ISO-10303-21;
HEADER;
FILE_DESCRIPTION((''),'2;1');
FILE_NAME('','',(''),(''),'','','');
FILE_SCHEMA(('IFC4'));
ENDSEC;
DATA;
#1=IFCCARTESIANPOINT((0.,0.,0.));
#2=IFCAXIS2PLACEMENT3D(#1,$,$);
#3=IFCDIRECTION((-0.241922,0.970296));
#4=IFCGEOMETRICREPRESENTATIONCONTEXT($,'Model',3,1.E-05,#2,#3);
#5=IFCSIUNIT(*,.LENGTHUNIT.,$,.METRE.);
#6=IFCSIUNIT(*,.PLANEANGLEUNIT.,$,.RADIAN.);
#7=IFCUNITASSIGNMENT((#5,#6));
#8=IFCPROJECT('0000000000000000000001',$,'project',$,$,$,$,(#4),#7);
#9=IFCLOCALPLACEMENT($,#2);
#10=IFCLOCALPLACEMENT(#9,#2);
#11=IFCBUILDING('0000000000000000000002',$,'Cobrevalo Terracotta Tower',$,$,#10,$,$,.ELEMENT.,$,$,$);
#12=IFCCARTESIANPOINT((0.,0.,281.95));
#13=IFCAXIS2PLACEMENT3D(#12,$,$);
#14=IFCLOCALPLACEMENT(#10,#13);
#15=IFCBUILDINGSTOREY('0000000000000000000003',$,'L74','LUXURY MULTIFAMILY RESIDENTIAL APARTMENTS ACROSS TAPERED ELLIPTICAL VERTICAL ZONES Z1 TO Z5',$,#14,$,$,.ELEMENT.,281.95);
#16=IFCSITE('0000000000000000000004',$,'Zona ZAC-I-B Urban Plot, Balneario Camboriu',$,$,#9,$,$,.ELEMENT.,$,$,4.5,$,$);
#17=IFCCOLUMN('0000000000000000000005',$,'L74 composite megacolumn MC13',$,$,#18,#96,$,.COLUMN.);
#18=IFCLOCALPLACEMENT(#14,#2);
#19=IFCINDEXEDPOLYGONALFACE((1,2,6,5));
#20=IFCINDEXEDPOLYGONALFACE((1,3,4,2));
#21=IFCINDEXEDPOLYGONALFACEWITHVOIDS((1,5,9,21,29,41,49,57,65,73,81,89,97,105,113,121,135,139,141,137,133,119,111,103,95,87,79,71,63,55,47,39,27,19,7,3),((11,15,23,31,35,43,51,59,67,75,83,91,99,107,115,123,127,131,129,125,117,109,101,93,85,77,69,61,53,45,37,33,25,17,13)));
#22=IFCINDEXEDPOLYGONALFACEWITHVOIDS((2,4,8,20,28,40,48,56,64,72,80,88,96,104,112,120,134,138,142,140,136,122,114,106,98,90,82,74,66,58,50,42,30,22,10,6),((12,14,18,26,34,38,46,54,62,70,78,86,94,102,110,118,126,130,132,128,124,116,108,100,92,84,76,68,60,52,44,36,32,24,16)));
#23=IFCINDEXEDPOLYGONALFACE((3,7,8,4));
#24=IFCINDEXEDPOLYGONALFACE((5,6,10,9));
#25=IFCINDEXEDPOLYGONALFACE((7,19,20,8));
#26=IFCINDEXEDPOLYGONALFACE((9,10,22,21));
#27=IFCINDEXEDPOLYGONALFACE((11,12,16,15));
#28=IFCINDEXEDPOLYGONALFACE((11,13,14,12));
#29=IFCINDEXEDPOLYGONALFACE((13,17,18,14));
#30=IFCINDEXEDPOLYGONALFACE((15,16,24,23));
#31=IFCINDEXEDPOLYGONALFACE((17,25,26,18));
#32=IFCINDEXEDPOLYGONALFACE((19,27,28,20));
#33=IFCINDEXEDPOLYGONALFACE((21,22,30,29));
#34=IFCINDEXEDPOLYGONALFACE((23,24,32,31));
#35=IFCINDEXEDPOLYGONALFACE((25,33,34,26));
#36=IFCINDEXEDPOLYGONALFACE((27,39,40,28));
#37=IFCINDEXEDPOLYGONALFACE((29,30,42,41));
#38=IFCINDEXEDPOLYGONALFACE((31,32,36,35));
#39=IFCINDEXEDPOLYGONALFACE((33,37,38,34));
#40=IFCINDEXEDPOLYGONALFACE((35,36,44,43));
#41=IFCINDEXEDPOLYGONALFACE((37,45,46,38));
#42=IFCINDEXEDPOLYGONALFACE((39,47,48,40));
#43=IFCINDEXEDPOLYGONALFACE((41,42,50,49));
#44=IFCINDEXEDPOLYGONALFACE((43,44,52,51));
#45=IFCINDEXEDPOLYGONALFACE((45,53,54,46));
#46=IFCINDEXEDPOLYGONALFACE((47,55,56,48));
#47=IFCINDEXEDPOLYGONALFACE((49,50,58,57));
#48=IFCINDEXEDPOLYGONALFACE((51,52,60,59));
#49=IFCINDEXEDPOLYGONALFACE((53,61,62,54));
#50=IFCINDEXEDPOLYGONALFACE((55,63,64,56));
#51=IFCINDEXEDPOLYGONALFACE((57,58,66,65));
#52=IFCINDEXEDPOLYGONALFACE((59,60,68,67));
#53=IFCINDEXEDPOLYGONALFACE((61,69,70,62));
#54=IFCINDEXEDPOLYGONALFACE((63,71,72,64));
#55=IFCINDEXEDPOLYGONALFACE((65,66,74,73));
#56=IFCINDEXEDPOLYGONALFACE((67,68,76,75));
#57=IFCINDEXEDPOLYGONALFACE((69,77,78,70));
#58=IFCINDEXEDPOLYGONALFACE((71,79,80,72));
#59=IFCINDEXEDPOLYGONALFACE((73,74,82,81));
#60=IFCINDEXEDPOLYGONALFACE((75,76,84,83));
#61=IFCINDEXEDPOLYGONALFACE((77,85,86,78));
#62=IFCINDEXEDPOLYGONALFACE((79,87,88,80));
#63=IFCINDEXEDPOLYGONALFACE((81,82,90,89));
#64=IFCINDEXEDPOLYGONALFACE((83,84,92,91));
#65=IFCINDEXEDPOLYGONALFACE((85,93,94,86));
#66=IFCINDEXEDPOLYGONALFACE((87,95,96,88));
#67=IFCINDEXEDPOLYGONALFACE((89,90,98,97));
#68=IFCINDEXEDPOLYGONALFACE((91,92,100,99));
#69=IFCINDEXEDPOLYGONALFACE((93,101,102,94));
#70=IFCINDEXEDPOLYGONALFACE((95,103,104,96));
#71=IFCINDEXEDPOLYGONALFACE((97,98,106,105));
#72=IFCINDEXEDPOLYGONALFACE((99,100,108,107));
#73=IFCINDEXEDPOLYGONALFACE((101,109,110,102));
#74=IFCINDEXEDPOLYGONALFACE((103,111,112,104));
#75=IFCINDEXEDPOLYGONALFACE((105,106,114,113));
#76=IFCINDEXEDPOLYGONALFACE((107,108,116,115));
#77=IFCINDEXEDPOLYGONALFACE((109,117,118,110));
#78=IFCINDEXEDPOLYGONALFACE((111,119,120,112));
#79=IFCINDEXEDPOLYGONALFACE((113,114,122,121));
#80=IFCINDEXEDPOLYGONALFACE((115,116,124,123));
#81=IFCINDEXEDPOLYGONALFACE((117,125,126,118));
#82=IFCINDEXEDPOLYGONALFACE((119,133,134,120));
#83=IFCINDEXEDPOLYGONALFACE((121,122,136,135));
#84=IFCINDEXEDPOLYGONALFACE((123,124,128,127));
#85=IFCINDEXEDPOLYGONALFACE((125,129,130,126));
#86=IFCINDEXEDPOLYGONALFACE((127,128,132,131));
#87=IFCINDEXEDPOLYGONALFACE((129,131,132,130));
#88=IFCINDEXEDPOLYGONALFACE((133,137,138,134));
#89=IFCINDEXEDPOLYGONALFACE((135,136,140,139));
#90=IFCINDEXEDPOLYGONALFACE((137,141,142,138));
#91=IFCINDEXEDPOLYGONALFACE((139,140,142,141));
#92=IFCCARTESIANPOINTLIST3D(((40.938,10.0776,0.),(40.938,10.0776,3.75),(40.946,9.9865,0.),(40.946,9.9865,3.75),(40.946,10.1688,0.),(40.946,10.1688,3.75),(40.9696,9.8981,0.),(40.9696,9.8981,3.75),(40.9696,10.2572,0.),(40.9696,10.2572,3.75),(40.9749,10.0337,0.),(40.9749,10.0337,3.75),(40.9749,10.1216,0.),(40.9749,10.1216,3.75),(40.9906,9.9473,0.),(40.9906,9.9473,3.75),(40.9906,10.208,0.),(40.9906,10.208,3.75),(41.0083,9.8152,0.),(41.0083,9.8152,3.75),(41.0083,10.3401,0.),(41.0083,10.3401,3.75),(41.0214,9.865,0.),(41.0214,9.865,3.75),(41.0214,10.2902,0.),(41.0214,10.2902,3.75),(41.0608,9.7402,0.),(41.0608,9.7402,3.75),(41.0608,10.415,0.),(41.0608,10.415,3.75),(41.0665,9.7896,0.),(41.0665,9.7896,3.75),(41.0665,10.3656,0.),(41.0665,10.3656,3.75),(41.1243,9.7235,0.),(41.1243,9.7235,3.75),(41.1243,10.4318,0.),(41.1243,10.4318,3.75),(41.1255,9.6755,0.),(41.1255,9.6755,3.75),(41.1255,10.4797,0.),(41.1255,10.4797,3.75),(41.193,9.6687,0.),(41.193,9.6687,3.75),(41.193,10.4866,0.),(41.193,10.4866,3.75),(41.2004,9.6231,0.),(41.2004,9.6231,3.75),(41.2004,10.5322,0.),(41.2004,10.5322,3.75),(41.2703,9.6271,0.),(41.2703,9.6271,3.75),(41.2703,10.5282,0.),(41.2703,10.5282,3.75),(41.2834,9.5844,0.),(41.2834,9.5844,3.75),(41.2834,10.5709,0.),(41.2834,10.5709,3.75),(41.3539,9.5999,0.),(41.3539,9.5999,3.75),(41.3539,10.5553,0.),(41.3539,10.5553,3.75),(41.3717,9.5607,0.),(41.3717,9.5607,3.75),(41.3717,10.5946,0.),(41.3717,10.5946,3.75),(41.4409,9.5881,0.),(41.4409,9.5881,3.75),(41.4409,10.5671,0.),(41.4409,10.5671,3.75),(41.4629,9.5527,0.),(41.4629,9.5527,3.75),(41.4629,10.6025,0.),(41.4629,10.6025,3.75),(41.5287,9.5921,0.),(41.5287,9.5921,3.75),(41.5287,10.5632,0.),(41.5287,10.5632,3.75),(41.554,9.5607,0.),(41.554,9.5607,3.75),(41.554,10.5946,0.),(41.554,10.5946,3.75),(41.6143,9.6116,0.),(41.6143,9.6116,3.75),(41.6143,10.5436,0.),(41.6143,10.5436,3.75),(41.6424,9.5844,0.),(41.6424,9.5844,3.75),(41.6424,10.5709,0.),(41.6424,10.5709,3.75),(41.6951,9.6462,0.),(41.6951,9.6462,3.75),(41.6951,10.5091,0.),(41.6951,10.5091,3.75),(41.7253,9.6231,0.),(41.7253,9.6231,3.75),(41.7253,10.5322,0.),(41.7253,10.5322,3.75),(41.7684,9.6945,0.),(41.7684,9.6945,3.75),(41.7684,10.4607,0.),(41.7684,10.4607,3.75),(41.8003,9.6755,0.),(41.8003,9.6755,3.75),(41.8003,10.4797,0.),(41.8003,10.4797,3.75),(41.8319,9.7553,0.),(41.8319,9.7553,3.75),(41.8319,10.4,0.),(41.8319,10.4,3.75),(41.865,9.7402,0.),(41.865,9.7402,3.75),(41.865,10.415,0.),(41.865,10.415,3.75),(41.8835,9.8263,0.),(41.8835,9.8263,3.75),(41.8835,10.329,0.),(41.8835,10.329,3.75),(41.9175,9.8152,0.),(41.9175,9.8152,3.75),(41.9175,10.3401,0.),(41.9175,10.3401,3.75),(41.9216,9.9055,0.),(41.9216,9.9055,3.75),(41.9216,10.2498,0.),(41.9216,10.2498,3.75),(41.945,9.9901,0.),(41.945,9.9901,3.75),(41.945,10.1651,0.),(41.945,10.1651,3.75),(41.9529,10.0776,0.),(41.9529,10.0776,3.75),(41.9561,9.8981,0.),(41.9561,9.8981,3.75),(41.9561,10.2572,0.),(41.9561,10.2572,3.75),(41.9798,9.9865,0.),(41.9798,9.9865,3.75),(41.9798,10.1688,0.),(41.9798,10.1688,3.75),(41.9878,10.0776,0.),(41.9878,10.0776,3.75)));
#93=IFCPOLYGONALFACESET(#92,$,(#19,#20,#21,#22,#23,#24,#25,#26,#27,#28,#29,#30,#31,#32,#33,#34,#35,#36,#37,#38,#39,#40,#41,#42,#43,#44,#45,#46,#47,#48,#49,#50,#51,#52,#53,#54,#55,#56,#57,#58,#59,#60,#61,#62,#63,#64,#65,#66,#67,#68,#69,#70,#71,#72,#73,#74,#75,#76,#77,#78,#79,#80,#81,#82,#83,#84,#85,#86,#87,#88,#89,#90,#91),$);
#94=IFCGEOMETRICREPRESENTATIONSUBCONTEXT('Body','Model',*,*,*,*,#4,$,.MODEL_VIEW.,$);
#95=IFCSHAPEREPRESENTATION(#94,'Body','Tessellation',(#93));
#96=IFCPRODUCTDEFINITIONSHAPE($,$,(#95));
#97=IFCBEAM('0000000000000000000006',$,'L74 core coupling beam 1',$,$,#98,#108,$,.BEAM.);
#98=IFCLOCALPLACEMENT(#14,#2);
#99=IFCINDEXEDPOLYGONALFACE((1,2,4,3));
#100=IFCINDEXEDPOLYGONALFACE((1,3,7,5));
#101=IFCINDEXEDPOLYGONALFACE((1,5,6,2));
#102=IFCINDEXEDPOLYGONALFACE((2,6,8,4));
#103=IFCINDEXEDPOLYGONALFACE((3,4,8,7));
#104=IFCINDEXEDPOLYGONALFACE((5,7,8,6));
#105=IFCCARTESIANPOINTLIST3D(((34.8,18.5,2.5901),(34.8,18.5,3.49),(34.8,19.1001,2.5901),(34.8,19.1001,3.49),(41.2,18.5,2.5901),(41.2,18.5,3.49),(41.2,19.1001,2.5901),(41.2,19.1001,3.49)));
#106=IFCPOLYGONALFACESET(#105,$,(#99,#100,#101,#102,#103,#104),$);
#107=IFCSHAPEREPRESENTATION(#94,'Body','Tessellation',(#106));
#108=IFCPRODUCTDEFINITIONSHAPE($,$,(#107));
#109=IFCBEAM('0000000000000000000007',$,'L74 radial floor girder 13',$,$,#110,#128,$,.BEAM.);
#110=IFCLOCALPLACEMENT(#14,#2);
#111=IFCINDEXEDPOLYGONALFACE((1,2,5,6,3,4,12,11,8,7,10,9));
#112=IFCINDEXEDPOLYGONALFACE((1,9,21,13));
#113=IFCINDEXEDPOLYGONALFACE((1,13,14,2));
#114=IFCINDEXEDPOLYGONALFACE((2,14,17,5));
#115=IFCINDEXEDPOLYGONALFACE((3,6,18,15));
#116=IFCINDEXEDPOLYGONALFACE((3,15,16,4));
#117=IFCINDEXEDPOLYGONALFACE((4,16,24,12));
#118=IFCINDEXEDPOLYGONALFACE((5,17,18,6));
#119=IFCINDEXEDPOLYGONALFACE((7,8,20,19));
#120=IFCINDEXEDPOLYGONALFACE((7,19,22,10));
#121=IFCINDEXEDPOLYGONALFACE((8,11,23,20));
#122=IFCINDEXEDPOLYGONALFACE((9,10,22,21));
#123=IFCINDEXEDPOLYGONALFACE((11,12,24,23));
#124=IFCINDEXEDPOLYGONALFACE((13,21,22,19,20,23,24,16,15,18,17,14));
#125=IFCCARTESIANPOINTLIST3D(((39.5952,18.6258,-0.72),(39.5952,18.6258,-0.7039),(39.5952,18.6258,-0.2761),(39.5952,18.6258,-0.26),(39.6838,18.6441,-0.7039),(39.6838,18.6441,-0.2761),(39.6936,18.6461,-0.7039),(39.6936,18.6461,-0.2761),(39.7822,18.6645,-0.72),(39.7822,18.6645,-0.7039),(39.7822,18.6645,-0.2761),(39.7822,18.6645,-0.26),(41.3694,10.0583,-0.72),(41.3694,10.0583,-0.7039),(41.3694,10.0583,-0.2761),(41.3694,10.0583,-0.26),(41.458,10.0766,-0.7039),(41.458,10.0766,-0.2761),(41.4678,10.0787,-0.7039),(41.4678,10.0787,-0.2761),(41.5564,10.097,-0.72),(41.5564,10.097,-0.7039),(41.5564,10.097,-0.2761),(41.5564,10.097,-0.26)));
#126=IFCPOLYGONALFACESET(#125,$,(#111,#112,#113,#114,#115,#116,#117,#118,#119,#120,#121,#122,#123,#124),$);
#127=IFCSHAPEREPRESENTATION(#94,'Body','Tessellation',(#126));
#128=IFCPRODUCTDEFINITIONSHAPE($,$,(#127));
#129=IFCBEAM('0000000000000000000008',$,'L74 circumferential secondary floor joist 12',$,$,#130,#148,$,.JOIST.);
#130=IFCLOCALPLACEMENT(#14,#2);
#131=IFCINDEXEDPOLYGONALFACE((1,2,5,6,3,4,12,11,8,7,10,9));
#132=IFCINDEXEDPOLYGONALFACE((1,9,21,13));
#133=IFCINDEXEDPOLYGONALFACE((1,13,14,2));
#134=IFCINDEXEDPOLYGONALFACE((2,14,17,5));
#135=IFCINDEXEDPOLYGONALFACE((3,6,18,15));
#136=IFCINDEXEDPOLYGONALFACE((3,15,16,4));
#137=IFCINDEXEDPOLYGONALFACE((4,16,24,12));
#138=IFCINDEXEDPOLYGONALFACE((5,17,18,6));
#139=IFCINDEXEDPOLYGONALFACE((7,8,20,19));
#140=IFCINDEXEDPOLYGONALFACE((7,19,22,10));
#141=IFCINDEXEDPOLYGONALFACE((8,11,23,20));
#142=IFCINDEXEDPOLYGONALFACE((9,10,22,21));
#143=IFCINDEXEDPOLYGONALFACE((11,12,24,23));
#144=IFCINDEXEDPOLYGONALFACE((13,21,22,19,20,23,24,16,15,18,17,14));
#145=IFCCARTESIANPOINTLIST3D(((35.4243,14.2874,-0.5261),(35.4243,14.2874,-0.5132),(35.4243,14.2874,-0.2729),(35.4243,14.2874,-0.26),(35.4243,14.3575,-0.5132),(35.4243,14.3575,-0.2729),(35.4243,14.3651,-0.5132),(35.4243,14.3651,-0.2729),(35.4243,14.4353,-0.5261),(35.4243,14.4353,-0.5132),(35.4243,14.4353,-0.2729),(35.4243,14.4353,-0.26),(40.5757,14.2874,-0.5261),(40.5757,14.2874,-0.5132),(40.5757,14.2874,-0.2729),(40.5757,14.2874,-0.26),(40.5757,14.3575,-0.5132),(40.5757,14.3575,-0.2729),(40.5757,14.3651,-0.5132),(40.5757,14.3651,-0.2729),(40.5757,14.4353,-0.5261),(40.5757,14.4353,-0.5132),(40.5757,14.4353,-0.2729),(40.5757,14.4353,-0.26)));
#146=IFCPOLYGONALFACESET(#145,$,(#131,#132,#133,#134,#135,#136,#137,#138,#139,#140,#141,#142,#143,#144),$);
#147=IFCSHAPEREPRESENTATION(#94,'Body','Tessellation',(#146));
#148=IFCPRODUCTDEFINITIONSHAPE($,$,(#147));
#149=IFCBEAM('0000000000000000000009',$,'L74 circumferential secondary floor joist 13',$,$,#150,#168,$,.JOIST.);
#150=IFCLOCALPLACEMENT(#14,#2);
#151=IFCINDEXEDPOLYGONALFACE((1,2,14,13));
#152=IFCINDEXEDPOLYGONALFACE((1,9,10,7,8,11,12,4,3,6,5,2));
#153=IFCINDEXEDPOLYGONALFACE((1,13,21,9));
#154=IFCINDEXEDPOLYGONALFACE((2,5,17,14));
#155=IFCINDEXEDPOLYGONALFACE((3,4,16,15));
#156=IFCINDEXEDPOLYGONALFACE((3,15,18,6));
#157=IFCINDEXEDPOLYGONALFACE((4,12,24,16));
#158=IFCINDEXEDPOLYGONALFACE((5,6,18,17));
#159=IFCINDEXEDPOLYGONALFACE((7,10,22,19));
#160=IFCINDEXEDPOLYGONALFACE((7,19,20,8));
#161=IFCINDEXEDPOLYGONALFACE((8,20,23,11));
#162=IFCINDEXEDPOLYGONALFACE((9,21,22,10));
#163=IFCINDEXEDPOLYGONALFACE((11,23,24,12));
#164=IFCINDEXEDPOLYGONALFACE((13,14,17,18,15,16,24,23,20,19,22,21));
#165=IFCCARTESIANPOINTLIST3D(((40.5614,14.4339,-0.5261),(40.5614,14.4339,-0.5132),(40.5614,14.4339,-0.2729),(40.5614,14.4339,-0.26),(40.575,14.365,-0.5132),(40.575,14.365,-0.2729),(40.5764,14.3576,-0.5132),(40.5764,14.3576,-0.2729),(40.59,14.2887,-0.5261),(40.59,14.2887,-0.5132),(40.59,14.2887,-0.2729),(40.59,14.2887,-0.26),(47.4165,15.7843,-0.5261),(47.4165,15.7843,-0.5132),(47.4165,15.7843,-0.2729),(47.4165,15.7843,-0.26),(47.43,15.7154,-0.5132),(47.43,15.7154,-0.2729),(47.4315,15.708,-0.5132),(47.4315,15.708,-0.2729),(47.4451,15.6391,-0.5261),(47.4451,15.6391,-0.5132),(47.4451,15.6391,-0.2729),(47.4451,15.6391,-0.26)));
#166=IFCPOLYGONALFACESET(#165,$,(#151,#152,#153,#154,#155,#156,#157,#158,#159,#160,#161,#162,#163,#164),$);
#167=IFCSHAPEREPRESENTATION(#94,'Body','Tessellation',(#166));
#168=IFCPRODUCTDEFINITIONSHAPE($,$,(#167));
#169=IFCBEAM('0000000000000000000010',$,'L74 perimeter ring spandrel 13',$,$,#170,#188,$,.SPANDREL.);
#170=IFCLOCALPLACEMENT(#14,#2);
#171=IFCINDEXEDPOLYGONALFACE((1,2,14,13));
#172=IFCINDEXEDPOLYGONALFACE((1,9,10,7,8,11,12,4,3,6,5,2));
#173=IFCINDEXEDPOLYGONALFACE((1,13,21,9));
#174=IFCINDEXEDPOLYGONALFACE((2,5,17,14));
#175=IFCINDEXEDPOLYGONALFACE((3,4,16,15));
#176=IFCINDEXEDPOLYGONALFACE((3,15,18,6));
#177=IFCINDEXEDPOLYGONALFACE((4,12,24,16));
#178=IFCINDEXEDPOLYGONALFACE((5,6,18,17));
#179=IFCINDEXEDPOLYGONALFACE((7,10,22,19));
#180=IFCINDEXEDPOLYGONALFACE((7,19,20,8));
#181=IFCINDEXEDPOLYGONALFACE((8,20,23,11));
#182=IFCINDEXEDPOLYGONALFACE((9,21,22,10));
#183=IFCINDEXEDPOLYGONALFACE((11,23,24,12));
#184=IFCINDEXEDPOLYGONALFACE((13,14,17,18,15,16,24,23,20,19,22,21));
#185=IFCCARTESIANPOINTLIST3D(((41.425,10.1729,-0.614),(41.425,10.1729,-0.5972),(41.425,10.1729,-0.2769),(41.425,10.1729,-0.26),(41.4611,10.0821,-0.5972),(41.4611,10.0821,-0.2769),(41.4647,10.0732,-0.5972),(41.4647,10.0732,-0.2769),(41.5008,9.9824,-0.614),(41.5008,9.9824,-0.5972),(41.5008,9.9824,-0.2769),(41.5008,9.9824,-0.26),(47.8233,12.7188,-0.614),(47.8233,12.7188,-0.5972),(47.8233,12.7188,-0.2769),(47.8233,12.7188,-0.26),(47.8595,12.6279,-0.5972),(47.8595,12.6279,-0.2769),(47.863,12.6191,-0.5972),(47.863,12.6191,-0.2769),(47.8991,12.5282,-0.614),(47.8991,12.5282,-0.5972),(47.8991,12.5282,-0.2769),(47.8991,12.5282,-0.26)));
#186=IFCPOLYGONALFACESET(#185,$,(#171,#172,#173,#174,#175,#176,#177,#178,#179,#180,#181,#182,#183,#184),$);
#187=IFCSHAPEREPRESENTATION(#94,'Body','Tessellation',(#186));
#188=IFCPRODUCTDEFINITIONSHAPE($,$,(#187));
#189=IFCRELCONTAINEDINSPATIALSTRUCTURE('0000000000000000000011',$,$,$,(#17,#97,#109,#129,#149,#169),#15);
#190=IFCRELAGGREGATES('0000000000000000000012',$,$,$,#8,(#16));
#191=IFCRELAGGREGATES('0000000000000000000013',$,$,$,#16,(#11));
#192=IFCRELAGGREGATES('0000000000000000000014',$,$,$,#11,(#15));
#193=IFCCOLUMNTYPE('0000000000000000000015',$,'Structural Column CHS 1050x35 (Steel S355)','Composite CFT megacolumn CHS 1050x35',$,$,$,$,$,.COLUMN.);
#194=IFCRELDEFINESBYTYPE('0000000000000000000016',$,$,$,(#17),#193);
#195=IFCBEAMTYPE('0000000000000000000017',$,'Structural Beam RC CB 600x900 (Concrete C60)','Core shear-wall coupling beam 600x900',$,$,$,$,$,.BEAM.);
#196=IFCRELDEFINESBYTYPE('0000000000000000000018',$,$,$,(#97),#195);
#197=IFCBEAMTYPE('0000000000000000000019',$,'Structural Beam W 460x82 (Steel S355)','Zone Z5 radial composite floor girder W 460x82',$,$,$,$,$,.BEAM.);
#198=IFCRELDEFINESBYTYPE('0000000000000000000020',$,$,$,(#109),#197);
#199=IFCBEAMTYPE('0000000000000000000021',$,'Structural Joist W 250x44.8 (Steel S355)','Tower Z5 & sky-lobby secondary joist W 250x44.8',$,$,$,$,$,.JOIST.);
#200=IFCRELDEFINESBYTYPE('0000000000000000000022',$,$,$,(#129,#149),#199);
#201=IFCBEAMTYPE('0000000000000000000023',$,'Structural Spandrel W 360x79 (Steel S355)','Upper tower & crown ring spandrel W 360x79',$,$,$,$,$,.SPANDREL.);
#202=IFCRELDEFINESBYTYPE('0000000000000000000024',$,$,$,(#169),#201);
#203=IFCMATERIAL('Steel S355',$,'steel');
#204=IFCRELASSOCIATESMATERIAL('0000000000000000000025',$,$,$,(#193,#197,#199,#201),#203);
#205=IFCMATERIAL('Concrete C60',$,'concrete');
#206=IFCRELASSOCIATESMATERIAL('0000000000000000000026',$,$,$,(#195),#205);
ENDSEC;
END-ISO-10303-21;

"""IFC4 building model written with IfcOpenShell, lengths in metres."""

from ifc_helpers import new_model, si_unit, direction, frame, origin, origin_2d, place, context, subcontext, project, spatial, rectangle, hollow_circle, i_section, extrude, material, material_profile, profile_set, type_object, element, save


model = new_model("IFC4")

# Units and contexts
model_context = context("Model", 3, precision=1e-05, world=origin(), true_north=direction((-0.241922, 0.970296)))
body_context = subcontext(model_context, "Body", "Model", "MODEL_VIEW")
ifc_project = project(units=[si_unit("LENGTHUNIT", "METRE"), si_unit("PLANEANGLEUNIT", "RADIAN")], contexts=[model_context])

# Site, building, storey
site_placement = place(None, origin())
site = spatial("IfcSite", under=ifc_project, at=site_placement, Name="Zona ZAC-I-B Urban Plot, Balneario Camboriu", CompositionType="ELEMENT", RefElevation=4.5)
building_placement = place(site_placement, origin())
building = spatial("IfcBuilding", under=site, at=building_placement, Name="Cobrevalo Terracotta Tower", CompositionType="ELEMENT")
storey_placement = place(building_placement, frame((0.0, 0.0, 281.95)))
storey = spatial("IfcBuildingStorey", under=building, at=storey_placement, Name="L74", Description="LUXURY MULTIFAMILY RESIDENTIAL APARTMENTS ACROSS TAPERED ELLIPTICAL VERTICAL ZONES Z1 TO Z5", CompositionType="ELEMENT", Elevation=281.95)

# Column
ifc_material_1 = material(Name="Steel S355", Category="steel")
ifc_material_profile_1 = material_profile(ifc_material_1, hollow_circle(Radius=0.5249, WallThickness=0.0349, at=origin_2d()), Name="CHS 1050x35")
ifc_profile_set_1 = profile_set([ifc_material_profile_1], Name="Steel S355")
column_type = type_object("IfcColumnType", Name="Structural Column CHS 1050x35 (Steel S355)", Description="Composite CFT megacolumn CHS 1050x35", PredefinedType="COLUMN", material=ifc_profile_set_1)
column_placement = place(storey_placement, frame((41.4629, 10.0776, 0.0), z_axis=(0.0, 0.0, 1.0), x_axis=(1.0, 0.0, 0.0)))
element("IfcColumn", 1, at=column_placement, inside=storey, type_object=column_type, Name="L74 composite megacolumn MC13", PredefinedType="COLUMN", context=body_context, shape_type="SweptSolid", body=[
    extrude(hollow_circle(Radius=0.5249, WallThickness=0.0349, at=origin_2d()), origin(), (0.0, 0.0, 1.0), 3.75),
])

# Beams
ifc_material_2 = material(Name="Concrete C60", Category="concrete")
ifc_material_profile_2 = material_profile(ifc_material_2, rectangle(XDim=0.6001, YDim=0.8999, at=origin_2d()), Name="RC CB 600x900")
ifc_profile_set_2 = profile_set([ifc_material_profile_2], Name="Concrete C60")
beam_type_1 = type_object("IfcBeamType", Name="Structural Beam RC CB 600x900 (Concrete C60)", Description="Core shear-wall coupling beam 600x900", PredefinedType="BEAM", material=ifc_profile_set_2)
beam_1_placement = place(storey_placement, frame((34.8, 18.8, 3.04), z_axis=(1.0, 0.0, 0.0), x_axis=(0.0, 1.0, 0.0)))
element("IfcBeam", 2, at=beam_1_placement, inside=storey, type_object=beam_type_1, Name="L74 core coupling beam 1", PredefinedType="BEAM", context=body_context, shape_type="SweptSolid", body=[
    extrude(rectangle(XDim=0.6001, YDim=0.8999, at=origin_2d()), origin(), (0.0, 0.0, 1.0), 6.3999),
])
ifc_material_profile_3 = material_profile(ifc_material_1, i_section(OverallWidth=0.1909, OverallDepth=0.46, WebThickness=0.01, FlangeThickness=0.0161, at=origin_2d()), Name="W 460x82")
ifc_profile_set_3 = profile_set([ifc_material_profile_3], Name="Steel S355")
beam_type_2 = type_object("IfcBeamType", Name="Structural Beam W 460x82 (Steel S355)", Description="Zone Z5 radial composite floor girder W 460x82", PredefinedType="BEAM", material=ifc_profile_set_3)
beam_2_placement = place(storey_placement, frame((41.4629, 10.0776, -0.49), z_axis=(-0.202782, 0.979224, 0.0), x_axis=(-0.979224, -0.202782, 0.0)))
element("IfcBeam", 3, at=beam_2_placement, inside=storey, type_object=beam_type_2, Name="L74 radial floor girder 13", PredefinedType="BEAM", context=body_context, shape_type="SweptSolid", body=[
    extrude(i_section(OverallWidth=0.1909, OverallDepth=0.46, WebThickness=0.01, FlangeThickness=0.0161, at=origin_2d()), origin(), (0.0, 0.0, 1.0), 8.7493),
])
ifc_material_profile_4 = material_profile(ifc_material_1, i_section(OverallWidth=0.1479, OverallDepth=0.2661, WebThickness=0.0076, FlangeThickness=0.0129, at=origin_2d()), Name="W 250x44.8")
ifc_profile_set_4 = profile_set([ifc_material_profile_4], Name="Steel S355")
beam_type_3 = type_object("IfcBeamType", Name="Structural Joist W 250x44.8 (Steel S355)", Description="Tower Z5 & sky-lobby secondary joist W 250x44.8", PredefinedType="JOIST", material=ifc_profile_set_4)
beam_3_placement = place(storey_placement, frame((35.4243, 14.3613, -0.3931), z_axis=(1.0, 0.0, 0.0), x_axis=(0.0, 1.0, 0.0)))
element("IfcBeam", 4, at=beam_3_placement, inside=storey, type_object=beam_type_3, Name="L74 circumferential secondary floor joist 12", PredefinedType="JOIST", context=body_context, shape_type="SweptSolid", body=[
    extrude(i_section(OverallWidth=0.1479, OverallDepth=0.2661, WebThickness=0.0076, FlangeThickness=0.0129, at=origin_2d()), origin(), (0.0, 0.0, 1.0), 5.1514),
])
beam_4_placement = place(storey_placement, frame((40.5757, 14.3613, -0.3931), z_axis=(0.981145, 0.193273, 0.0), x_axis=(-0.193273, 0.981145, 0.0)))
element("IfcBeam", 5, at=beam_4_placement, inside=storey, type_object=beam_type_3, Name="L74 circumferential secondary floor joist 13", PredefinedType="JOIST", context=body_context, shape_type="SweptSolid", body=[
    extrude(i_section(OverallWidth=0.1479, OverallDepth=0.2661, WebThickness=0.0076, FlangeThickness=0.0129, at=origin_2d()), origin(), (0.0, 0.0, 1.0), 6.9868),
])
ifc_material_profile_5 = material_profile(ifc_material_1, i_section(OverallWidth=0.2051, OverallDepth=0.354, WebThickness=0.0095, FlangeThickness=0.0168, at=origin_2d()), Name="W 360x79")
ifc_profile_set_5 = profile_set([ifc_material_profile_5], Name="Steel S355")
beam_type_4 = type_object("IfcBeamType", Name="Structural Spandrel W 360x79 (Steel S355)", Description="Upper tower & crown ring spandrel W 360x79", PredefinedType="SPANDREL", material=ifc_profile_set_5)
beam_5_placement = place(storey_placement, frame((41.4629, 10.0776, -0.437), z_axis=(0.92915, 0.369703, 0.0), x_axis=(-0.369703, 0.92915, 0.0)))
element("IfcBeam", 6, at=beam_5_placement, inside=storey, type_object=beam_type_4, Name="L74 perimeter ring spandrel 13", PredefinedType="SPANDREL", context=body_context, shape_type="SweptSolid", body=[
    extrude(i_section(OverallWidth=0.2051, OverallDepth=0.354, WebThickness=0.0095, FlangeThickness=0.0168, at=origin_2d()), origin(), (0.0, 0.0, 1.0), 6.8862),
])

save(model, "model.ifc")
